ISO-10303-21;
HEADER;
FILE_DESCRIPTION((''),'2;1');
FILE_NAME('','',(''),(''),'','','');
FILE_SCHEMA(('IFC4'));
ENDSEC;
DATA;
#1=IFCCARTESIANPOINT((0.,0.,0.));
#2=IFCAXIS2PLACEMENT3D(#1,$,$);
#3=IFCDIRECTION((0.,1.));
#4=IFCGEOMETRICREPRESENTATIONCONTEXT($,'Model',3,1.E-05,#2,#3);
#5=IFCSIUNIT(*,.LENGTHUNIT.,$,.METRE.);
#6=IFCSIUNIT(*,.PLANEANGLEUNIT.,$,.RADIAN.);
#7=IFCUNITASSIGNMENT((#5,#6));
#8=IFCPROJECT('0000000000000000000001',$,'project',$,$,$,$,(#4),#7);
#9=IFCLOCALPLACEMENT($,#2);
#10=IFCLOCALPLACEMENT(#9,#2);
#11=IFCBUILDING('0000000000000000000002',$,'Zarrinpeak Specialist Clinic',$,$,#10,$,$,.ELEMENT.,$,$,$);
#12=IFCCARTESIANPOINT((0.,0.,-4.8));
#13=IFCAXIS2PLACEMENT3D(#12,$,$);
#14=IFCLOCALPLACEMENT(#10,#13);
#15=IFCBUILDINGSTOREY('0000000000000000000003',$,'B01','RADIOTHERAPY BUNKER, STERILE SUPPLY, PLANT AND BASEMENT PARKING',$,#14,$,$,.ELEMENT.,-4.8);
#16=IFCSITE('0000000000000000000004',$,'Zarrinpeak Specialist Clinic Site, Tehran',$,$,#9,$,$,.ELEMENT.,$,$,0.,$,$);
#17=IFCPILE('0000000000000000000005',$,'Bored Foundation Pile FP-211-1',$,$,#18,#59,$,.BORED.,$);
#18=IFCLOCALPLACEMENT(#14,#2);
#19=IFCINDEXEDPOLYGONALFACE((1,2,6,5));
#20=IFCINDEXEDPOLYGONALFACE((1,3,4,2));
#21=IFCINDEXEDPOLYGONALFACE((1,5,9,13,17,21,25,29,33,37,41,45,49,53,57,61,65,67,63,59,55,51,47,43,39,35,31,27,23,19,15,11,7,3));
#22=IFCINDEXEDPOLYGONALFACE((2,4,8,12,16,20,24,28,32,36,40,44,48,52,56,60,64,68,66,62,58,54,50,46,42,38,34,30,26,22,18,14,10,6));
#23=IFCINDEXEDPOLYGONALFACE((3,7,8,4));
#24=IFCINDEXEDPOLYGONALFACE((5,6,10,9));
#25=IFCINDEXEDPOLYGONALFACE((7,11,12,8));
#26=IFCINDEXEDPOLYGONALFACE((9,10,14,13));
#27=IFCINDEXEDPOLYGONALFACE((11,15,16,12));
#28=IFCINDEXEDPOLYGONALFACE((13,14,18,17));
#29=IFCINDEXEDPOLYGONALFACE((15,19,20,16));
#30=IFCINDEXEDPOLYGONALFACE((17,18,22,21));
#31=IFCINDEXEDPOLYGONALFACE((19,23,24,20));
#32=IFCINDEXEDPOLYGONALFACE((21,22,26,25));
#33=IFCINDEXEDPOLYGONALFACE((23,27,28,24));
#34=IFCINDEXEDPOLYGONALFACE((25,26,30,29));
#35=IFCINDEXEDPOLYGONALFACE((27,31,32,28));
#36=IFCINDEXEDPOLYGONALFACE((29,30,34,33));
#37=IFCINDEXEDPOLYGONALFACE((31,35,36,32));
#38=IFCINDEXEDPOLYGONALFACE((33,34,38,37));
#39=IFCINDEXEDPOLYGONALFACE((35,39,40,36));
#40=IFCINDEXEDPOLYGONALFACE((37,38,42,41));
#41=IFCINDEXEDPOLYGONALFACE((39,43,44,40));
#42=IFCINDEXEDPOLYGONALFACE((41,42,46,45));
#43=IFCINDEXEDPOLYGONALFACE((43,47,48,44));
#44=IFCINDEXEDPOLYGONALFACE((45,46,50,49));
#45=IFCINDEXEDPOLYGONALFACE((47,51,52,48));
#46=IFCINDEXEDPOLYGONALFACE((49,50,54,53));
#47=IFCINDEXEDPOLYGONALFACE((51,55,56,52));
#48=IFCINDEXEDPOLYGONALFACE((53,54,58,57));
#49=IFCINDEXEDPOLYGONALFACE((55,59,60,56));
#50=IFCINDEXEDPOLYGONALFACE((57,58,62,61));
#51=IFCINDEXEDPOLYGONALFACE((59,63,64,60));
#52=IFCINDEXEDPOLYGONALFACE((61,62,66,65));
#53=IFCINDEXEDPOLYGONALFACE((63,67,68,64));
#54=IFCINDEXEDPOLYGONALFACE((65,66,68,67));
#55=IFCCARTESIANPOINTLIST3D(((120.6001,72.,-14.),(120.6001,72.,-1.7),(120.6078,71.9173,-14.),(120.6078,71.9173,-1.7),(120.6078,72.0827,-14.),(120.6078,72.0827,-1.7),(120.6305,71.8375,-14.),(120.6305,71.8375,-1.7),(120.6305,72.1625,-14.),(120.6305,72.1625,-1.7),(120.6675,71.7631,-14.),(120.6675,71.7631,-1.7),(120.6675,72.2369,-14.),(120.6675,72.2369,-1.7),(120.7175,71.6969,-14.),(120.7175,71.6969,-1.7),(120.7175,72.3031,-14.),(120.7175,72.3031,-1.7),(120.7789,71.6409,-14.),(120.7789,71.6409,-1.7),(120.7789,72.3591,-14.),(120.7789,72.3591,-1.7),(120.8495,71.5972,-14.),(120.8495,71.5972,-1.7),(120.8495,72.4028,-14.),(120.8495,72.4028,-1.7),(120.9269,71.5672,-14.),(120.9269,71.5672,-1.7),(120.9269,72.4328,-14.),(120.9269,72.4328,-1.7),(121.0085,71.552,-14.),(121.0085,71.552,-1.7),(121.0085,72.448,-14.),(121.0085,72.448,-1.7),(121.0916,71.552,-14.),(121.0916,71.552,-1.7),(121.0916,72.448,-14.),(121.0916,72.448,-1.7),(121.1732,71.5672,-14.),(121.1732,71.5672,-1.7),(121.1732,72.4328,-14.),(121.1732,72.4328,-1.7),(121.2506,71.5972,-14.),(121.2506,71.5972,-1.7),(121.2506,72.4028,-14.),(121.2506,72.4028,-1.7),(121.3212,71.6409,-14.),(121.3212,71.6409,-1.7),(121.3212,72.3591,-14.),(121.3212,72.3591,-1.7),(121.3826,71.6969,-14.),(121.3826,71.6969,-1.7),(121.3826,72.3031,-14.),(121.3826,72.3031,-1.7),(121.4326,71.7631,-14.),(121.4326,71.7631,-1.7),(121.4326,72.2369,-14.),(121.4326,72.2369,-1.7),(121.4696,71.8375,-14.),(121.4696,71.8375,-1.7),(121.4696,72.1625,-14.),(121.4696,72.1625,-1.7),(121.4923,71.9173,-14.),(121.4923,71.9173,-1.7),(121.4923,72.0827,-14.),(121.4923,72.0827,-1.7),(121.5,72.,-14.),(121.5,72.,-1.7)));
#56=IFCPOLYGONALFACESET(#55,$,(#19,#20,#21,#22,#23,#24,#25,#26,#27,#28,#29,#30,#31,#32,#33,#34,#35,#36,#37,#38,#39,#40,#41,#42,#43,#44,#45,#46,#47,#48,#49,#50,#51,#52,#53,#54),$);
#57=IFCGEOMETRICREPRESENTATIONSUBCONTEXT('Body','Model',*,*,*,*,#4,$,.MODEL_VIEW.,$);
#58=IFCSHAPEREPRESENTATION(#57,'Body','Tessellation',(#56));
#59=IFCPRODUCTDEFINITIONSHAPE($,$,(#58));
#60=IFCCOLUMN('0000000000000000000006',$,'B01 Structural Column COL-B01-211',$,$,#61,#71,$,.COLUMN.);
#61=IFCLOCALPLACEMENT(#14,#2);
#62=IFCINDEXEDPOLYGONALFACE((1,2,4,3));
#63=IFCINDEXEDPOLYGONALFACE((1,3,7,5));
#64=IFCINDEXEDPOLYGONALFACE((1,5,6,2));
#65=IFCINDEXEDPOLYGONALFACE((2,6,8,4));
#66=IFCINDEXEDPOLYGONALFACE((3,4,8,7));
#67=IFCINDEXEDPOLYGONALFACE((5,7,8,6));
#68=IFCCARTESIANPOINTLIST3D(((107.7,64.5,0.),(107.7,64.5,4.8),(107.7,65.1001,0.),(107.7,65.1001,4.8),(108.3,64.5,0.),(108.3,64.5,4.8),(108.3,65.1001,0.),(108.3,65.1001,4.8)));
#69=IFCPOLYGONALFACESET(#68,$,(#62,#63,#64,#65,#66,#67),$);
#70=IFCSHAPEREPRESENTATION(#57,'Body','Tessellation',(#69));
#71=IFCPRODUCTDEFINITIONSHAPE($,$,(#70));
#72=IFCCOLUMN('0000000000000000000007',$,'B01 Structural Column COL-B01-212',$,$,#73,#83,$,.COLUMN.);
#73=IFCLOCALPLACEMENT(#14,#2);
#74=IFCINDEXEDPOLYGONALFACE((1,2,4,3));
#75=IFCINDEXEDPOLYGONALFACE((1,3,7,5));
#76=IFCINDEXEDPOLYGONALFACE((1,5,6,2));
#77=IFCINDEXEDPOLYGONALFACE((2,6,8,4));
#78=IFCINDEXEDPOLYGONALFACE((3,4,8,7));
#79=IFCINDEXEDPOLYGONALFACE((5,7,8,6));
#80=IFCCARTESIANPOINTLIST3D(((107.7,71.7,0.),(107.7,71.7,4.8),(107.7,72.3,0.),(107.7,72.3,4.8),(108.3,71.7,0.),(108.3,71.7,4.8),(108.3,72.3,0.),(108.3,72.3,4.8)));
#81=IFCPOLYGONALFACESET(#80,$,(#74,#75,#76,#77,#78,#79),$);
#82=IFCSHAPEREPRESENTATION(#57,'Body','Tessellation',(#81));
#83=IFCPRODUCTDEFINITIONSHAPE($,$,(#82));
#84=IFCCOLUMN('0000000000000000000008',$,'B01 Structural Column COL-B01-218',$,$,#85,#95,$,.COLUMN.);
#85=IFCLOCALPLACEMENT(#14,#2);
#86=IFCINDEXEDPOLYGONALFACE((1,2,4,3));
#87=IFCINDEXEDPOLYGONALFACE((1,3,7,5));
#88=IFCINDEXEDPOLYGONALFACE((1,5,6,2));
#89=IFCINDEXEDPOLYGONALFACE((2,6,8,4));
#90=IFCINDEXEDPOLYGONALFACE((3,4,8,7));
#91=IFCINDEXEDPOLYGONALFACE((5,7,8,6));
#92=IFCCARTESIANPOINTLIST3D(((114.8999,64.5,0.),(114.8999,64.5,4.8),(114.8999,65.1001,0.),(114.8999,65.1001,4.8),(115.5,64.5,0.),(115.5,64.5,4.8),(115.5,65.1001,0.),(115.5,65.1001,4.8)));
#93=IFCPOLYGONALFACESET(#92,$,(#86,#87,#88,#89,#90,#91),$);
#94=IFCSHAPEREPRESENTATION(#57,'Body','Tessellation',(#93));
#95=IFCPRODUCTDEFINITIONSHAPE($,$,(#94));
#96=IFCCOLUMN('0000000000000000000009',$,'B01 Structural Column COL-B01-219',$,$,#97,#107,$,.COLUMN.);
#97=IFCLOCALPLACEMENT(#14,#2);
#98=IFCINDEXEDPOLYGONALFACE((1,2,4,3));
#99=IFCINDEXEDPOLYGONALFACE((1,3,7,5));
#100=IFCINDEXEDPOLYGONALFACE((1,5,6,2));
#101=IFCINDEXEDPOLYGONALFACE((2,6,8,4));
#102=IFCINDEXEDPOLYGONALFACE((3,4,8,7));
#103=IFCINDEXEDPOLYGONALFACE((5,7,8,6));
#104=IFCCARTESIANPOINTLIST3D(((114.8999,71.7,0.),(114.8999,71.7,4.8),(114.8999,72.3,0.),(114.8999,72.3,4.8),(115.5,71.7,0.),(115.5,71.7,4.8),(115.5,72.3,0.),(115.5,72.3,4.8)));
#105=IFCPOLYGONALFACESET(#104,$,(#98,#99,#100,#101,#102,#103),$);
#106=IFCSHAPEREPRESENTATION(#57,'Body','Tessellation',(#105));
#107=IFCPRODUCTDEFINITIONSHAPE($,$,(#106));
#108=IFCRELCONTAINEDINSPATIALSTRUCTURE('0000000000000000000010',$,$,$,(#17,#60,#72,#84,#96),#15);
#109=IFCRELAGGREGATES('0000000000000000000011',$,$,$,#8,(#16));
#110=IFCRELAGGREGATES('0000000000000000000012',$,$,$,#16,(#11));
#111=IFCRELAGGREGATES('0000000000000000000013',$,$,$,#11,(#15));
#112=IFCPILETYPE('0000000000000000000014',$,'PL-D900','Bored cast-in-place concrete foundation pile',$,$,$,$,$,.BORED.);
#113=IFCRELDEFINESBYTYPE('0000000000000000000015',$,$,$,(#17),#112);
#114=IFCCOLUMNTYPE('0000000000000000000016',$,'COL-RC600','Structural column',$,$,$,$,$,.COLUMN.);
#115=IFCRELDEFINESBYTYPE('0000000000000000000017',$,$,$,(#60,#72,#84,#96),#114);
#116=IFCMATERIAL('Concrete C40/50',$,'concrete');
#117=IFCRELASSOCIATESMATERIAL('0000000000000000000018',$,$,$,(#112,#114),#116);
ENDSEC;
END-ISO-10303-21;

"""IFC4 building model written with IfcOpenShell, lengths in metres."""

from ifc_helpers import new_model, si_unit, direction, frame, origin, origin_2d, place, context, subcontext, project, spatial, rectangle, circle, extrude, material, material_profile, profile_set, type_object, element, save


model = new_model("IFC4")

# Units and contexts
model_context = context("Model", 3, precision=1e-05, world=origin(), true_north=direction((0.0, 1.0)))
body_context = subcontext(model_context, "Body", "Model", "MODEL_VIEW")
ifc_project = project(units=[si_unit("LENGTHUNIT", "METRE"), si_unit("PLANEANGLEUNIT", "RADIAN")], contexts=[model_context])

# Site, building, storey
site_placement = place(None, origin())
site = spatial("IfcSite", under=ifc_project, at=site_placement, Name="Zarrinpeak Specialist Clinic Site, Tehran", CompositionType="ELEMENT", RefElevation=0.0)
building_placement = place(site_placement, origin())
building = spatial("IfcBuilding", under=site, at=building_placement, Name="Zarrinpeak Specialist Clinic", CompositionType="ELEMENT")
storey_placement = place(building_placement, frame((0.0, 0.0, -4.8)))
storey = spatial("IfcBuildingStorey", under=building, at=storey_placement, Name="B01", Description="RADIOTHERAPY BUNKER, STERILE SUPPLY, PLANT AND BASEMENT PARKING", CompositionType="ELEMENT", Elevation=-4.8)

# Shared definitions
ifc_material = material(Name="Concrete C40/50", Category="concrete")

# Pile
ifc_material_profile_1 = material_profile(ifc_material, circle(Radius=0.45, at=origin_2d()), Name="BORED PILE D900")
ifc_profile_set_1 = profile_set([ifc_material_profile_1], Name="Concrete C40/50")
pile_type = type_object("IfcPileType", Name="PL-D900", Description="Bored cast-in-place concrete foundation pile", PredefinedType="BORED", material=ifc_profile_set_1)
for number, where, z_axis, x_axis, name in (
    (1, (121.05, 72.0, -1.7), (0.0, 0.0, -1.0), (1.0, 0.0, 0.0), "Bored Foundation Pile FP-211-1"),
):
    element("IfcPile", number, at=place(storey_placement, frame(where, z_axis=z_axis, x_axis=x_axis)), inside=storey, type_object=pile_type, Name=name, PredefinedType="BORED", context=body_context, shape_type="SweptSolid", body=[
        extrude(circle(Radius=0.45, at=origin_2d()), origin(), (0.0, 0.0, 1.0), 12.3),
    ])

# Columns
ifc_material_profile_2 = material_profile(ifc_material, rectangle(XDim=0.6001, YDim=0.6001, at=origin_2d()), Name="RC 600x600")
ifc_profile_set_2 = profile_set([ifc_material_profile_2], Name="Concrete C40/50")
column_type = type_object("IfcColumnType", Name="COL-RC600", Description="Structural column", PredefinedType="COLUMN", material=ifc_profile_set_2)
for number, where, z_axis, x_axis, name in (
    (2, (108.0, 64.8, 0.0), (0.0, 0.0, 1.0), (1.0, 0.0, 0.0), "B01 Structural Column COL-B01-211"),
    (3, (108.0, 72.0, 0.0), (0.0, 0.0, 1.0), (1.0, 0.0, 0.0), "B01 Structural Column COL-B01-212"),
    (4, (115.2, 64.8, 0.0), (0.0, 0.0, 1.0), (1.0, 0.0, 0.0), "B01 Structural Column COL-B01-218"),
    (5, (115.2, 72.0, 0.0), (0.0, 0.0, 1.0), (1.0, 0.0, 0.0), "B01 Structural Column COL-B01-219"),
):
    element("IfcColumn", number, at=place(storey_placement, frame(where, z_axis=z_axis, x_axis=x_axis)), inside=storey, type_object=column_type, Name=name, PredefinedType="COLUMN", context=body_context, shape_type="SweptSolid", body=[
        extrude(rectangle(XDim=0.6001, YDim=0.6001, at=origin_2d()), origin(), (0.0, 0.0, 1.0), 4.8),
    ])

save(model, "model.ifc")
